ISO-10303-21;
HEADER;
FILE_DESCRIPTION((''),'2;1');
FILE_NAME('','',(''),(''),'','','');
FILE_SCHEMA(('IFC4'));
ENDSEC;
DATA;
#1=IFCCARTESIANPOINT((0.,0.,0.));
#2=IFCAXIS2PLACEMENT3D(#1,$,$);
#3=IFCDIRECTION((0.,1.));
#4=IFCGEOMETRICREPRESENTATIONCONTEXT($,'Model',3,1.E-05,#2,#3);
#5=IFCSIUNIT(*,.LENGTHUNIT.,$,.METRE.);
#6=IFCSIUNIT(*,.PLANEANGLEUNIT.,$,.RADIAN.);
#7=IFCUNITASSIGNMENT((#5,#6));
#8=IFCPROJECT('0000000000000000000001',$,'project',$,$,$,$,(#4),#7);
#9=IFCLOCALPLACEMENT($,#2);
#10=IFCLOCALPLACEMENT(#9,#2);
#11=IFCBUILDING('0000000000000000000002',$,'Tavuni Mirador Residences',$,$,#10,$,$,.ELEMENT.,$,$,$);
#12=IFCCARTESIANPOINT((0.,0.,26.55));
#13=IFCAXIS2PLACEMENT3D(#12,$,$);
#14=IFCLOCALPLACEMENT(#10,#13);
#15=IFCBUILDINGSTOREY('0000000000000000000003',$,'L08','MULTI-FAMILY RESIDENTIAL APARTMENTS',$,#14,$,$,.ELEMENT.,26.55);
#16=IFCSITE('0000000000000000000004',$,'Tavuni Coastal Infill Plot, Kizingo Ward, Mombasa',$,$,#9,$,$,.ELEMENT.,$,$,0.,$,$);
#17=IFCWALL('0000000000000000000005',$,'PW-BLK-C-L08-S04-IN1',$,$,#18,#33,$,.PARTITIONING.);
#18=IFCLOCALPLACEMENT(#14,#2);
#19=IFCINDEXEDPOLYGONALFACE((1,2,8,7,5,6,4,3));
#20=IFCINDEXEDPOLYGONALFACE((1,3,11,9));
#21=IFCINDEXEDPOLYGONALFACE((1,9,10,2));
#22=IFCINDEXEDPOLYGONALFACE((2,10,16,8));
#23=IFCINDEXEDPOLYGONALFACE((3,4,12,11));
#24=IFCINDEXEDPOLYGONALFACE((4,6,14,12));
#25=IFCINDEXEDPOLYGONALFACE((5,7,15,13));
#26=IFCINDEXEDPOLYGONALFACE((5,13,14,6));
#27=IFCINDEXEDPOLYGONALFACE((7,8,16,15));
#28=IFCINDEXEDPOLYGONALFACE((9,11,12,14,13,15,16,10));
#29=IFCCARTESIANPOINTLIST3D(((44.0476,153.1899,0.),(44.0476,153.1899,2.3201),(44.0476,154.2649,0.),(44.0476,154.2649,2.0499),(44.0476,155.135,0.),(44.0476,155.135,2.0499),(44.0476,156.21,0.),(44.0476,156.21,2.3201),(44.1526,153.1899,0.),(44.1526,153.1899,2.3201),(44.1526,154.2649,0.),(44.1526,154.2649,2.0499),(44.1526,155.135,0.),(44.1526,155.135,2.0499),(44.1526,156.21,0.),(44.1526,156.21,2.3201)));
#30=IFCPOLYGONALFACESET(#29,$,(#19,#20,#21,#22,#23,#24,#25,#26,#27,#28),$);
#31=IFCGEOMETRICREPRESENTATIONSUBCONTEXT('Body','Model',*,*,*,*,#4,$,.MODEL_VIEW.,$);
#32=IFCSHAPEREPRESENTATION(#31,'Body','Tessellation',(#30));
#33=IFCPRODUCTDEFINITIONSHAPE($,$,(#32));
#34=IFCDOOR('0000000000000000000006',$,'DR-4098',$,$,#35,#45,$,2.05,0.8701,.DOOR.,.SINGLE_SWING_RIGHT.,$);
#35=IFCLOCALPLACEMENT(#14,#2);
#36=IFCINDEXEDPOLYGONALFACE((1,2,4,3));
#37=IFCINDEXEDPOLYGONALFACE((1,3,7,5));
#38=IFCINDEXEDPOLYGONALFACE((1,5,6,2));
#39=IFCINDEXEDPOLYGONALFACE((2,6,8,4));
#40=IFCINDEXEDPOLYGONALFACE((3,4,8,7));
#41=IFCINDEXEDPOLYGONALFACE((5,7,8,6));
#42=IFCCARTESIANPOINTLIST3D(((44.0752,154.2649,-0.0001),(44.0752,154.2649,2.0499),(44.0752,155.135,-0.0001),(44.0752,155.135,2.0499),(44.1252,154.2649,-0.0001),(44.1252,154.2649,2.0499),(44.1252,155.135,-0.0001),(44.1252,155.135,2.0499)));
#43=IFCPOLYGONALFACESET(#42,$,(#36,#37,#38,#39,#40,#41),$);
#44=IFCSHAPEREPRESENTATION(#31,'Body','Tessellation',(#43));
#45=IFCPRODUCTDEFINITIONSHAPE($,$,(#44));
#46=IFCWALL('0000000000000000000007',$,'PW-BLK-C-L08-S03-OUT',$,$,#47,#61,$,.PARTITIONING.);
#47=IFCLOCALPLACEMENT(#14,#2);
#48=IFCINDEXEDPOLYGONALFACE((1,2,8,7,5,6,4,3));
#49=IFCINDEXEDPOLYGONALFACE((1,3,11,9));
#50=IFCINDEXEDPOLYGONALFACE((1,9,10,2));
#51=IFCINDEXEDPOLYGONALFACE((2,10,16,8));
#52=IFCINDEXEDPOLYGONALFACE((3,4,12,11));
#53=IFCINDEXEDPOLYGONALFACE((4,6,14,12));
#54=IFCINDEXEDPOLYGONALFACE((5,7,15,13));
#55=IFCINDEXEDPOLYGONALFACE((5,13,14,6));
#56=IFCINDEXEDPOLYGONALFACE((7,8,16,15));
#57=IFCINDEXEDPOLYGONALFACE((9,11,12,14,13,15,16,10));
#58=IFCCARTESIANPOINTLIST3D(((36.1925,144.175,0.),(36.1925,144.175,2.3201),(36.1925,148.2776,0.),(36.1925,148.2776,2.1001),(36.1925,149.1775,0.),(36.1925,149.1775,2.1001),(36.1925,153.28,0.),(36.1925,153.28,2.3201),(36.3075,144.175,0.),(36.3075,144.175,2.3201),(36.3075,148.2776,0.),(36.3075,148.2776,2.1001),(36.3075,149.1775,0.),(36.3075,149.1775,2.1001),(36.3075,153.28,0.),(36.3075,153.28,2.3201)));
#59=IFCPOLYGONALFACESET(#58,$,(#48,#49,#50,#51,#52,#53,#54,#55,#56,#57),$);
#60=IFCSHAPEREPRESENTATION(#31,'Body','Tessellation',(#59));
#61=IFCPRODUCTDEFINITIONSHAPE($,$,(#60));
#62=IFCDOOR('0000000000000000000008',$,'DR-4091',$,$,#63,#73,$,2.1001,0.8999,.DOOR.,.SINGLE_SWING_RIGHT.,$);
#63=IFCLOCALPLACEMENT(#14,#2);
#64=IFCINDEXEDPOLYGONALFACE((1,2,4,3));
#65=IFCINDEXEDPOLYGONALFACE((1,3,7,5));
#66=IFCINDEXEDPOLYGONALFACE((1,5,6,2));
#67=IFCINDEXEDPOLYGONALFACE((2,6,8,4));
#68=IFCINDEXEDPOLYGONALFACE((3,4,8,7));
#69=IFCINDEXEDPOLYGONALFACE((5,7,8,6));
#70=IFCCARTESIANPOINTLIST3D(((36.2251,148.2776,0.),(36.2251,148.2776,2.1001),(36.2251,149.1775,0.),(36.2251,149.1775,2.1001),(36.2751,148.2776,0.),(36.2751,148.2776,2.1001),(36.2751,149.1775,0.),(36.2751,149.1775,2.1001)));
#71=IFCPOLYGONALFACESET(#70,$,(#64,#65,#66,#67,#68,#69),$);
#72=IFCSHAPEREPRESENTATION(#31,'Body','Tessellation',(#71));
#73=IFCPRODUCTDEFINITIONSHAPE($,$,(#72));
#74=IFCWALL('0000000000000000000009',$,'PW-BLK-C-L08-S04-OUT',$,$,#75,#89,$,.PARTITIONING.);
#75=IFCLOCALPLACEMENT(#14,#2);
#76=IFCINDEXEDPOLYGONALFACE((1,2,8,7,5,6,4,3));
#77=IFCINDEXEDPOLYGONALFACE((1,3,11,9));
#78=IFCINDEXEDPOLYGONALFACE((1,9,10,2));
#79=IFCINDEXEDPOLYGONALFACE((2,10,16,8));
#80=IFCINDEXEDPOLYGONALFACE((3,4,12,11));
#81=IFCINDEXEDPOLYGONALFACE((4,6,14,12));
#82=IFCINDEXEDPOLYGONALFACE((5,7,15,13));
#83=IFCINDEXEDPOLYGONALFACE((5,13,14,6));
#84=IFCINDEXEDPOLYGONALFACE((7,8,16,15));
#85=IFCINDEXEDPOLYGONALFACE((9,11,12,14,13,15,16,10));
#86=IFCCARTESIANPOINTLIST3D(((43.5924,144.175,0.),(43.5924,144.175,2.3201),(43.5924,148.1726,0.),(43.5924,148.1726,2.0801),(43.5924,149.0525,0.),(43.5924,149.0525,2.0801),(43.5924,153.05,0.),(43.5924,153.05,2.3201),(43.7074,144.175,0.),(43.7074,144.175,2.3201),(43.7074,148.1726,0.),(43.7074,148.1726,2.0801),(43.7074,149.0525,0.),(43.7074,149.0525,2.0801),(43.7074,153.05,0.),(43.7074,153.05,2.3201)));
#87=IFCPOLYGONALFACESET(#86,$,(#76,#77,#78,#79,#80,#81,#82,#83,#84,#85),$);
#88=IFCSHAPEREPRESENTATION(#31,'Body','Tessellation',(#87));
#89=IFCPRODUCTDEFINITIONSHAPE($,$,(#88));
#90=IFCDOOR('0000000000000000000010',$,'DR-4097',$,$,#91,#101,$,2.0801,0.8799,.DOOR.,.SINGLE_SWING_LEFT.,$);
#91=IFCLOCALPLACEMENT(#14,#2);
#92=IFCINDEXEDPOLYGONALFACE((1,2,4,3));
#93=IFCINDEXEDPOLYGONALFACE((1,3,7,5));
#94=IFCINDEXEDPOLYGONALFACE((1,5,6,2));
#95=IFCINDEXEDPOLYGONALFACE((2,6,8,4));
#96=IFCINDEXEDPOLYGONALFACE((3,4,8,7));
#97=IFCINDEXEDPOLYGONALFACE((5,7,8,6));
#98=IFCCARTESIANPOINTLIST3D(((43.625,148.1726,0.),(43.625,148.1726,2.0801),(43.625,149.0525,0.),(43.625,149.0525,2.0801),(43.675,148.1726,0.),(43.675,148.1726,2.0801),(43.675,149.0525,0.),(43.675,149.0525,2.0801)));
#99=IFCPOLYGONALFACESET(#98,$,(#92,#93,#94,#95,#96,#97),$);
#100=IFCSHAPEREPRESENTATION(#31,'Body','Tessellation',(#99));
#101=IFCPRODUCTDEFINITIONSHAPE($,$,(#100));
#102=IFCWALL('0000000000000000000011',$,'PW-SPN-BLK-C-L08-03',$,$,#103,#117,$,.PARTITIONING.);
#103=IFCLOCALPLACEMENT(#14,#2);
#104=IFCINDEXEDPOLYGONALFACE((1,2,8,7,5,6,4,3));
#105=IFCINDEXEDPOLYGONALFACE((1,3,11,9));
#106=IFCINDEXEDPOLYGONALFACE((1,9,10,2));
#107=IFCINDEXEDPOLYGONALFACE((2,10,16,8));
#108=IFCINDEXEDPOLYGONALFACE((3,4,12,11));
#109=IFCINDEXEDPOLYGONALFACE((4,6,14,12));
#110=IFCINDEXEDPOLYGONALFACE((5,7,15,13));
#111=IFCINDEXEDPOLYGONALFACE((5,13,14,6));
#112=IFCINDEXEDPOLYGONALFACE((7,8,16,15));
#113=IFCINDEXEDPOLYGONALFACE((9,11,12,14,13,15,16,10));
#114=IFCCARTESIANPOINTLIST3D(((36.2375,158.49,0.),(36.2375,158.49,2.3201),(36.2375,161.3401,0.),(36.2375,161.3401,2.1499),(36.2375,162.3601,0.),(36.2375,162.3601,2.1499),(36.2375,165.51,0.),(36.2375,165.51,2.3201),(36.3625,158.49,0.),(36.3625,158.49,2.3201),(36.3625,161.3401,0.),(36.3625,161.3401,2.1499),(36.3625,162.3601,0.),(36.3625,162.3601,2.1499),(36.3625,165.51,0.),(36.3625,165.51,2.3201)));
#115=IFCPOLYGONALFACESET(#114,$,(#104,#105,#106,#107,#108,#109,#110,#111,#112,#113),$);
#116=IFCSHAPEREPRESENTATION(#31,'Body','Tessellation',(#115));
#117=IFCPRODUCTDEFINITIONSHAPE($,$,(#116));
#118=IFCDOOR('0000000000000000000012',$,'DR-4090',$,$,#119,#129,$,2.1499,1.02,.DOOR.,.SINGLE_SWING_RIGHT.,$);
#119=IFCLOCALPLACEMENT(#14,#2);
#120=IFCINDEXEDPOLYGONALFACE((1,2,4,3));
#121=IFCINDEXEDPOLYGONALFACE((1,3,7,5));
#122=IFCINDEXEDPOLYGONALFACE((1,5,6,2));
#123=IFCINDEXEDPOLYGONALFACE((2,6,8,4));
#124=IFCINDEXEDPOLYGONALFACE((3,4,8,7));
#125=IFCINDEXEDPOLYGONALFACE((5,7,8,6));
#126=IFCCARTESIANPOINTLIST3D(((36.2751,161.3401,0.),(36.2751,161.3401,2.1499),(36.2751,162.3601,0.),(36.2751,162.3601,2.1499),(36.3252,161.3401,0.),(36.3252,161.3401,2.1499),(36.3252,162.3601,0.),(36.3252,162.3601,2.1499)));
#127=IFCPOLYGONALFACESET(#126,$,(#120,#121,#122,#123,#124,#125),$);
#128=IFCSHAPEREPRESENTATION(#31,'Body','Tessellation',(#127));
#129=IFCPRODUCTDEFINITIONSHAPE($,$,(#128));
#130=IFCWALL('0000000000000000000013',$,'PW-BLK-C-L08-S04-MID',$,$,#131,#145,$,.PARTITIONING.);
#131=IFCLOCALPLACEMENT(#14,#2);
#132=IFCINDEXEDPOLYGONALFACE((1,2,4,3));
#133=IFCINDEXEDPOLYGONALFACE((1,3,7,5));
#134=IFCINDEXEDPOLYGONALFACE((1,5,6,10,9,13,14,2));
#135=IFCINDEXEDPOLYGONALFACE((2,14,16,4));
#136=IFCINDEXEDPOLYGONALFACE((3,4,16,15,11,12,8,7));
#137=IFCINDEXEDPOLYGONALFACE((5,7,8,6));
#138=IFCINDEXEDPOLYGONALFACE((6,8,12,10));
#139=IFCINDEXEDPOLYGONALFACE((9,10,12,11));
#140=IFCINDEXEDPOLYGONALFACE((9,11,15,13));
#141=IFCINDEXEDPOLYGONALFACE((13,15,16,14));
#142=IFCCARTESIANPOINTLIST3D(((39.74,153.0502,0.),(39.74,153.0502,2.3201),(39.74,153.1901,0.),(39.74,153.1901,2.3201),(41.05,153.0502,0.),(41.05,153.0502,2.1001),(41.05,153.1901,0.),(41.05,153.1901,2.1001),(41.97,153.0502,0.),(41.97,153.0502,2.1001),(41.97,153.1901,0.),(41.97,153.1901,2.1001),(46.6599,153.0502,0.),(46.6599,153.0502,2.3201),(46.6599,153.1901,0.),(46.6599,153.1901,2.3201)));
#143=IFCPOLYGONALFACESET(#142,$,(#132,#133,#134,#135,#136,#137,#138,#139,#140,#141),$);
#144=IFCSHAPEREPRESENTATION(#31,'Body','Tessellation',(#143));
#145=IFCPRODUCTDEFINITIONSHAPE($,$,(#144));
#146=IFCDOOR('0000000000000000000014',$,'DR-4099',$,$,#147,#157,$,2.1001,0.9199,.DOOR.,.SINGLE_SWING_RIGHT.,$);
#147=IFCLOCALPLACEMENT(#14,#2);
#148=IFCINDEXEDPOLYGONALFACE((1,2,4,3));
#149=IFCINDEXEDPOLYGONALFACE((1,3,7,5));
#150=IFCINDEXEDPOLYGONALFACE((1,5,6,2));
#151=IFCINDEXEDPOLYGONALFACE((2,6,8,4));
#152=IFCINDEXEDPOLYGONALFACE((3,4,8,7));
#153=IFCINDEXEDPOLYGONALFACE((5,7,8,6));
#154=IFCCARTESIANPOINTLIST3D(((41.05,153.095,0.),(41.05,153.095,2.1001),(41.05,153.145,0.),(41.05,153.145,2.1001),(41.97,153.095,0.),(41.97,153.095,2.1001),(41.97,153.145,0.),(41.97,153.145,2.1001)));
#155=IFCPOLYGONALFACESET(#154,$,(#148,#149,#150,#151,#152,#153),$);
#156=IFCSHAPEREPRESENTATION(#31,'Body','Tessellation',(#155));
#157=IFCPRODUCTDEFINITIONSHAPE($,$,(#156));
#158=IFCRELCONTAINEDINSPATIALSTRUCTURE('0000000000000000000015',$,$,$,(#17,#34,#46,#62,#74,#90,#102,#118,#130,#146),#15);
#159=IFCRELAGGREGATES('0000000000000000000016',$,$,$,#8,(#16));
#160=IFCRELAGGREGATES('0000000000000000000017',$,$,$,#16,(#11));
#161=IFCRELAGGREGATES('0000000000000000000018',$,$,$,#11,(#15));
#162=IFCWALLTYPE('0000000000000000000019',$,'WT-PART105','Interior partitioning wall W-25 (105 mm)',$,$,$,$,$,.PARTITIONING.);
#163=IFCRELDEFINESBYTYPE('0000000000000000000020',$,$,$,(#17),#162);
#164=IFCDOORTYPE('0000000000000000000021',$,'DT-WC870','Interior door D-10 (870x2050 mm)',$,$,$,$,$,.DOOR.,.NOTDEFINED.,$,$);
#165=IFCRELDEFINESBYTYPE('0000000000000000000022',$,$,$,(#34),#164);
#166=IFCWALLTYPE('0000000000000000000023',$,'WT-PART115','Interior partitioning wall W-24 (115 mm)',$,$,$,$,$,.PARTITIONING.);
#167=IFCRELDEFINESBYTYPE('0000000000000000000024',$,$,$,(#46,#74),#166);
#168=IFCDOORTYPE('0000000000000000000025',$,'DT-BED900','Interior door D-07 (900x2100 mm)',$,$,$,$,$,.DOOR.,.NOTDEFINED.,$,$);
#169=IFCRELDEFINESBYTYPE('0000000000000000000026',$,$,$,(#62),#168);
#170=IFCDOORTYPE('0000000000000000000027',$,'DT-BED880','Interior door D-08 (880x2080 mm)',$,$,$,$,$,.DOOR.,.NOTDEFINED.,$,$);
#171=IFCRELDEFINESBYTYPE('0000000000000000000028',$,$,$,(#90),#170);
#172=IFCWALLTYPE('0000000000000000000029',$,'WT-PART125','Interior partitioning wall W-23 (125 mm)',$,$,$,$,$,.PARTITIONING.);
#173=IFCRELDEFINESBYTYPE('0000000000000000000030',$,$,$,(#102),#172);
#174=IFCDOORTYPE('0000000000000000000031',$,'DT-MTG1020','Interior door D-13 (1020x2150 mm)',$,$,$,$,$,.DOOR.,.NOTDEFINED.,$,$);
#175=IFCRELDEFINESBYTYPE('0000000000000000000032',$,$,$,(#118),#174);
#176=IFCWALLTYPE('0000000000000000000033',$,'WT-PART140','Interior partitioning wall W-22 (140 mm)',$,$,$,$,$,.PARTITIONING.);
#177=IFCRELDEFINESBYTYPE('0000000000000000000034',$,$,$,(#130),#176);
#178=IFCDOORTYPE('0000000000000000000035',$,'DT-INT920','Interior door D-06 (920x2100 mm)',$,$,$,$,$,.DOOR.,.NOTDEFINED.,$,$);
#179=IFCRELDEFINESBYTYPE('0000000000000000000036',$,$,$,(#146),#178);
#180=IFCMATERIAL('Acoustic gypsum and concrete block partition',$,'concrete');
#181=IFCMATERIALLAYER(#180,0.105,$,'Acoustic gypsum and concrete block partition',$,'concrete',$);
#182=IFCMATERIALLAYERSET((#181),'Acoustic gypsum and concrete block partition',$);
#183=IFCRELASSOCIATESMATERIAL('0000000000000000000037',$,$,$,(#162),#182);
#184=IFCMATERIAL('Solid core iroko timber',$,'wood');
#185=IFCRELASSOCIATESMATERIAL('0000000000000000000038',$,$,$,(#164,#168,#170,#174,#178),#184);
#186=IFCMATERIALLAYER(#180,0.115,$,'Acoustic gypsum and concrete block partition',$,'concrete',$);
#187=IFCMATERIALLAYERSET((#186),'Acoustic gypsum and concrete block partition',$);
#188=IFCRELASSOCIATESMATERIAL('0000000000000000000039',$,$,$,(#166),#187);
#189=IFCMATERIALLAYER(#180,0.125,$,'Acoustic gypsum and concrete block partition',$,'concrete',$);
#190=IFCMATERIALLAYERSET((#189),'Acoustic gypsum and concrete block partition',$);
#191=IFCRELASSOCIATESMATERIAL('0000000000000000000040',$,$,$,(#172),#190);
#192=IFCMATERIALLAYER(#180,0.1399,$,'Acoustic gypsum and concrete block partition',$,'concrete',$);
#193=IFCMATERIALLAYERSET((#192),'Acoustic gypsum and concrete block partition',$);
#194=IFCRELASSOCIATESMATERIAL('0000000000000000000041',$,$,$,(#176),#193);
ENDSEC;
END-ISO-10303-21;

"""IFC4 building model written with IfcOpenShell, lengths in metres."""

from ifc_helpers import new_model, si_unit, direction, frame, frame_2d, origin, place, context, subcontext, project, spatial, rectangle, extrude, material, layer, layer_set, type_object, element, fill, save


model = new_model("IFC4")

# Units and contexts
model_context = context("Model", 3, precision=1e-05, world=origin(), true_north=direction((0.0, 1.0)))
body_context = subcontext(model_context, "Body", "Model", "MODEL_VIEW")
ifc_project = project(units=[si_unit("LENGTHUNIT", "METRE"), si_unit("PLANEANGLEUNIT", "RADIAN")], contexts=[model_context])

# Site, building, storey
site_placement = place(None, origin())
site = spatial("IfcSite", under=ifc_project, at=site_placement, Name="Tavuni Coastal Infill Plot, Kizingo Ward, Mombasa", CompositionType="ELEMENT", RefElevation=0.0)
building_placement = place(site_placement, origin())
building = spatial("IfcBuilding", under=site, at=building_placement, Name="Tavuni Mirador Residences", CompositionType="ELEMENT")
storey_placement = place(building_placement, frame((0.0, 0.0, 26.55)))
storey = spatial("IfcBuildingStorey", under=building, at=storey_placement, Name="L08", Description="MULTI-FAMILY RESIDENTIAL APARTMENTS", CompositionType="ELEMENT", Elevation=26.55)

# Walls, openings, doors
ifc_material_1 = material(Name="Solid core iroko timber", Category="wood")
ifc_material_2 = material(Name="Acoustic gypsum and concrete block partition", Category="concrete")
ifc_layer_1 = layer(ifc_material_2, 0.105, Name="Acoustic gypsum and concrete block partition", Category="concrete")
ifc_layer_set_1 = layer_set([ifc_layer_1], Name="Acoustic gypsum and concrete block partition")
wall_type_1 = type_object("IfcWallType", Name="WT-PART105", Description="Interior partitioning wall W-25 (105 mm)", PredefinedType="PARTITIONING", material=ifc_layer_set_1)
wall_1_placement = place(storey_placement, frame((44.1001, 153.1899, 0.0), z_axis=(0.0, 0.0, 1.0), x_axis=(0.0, 1.0, 0.0)))
wall_1 = element("IfcWall", 1, at=wall_1_placement, inside=storey, type_object=wall_type_1, Name="PW-BLK-C-L08-S04-IN1", PredefinedType="PARTITIONING", context=body_context, shape_type="SweptSolid", body=[
    extrude(rectangle(XDim=3.02, YDim=0.105, at=frame_2d((1.51, 0.0))), origin(), (0.0, 0.0, 1.0), 2.3201),
])
opening_1_placement = place(wall_1_placement, frame((1.075, 0.0, 0.0)))
opening_1 = element("IfcOpeningElement", 2, at=opening_1_placement, cuts=wall_1, PredefinedType="OPENING", context=body_context, shape_type="SweptSolid", body=[
    extrude(rectangle(XDim=0.8701, YDim=2.05, at=frame_2d((0.4351, 1.0249))), frame((0.0, 0.0625, 0.0), z_axis=(0.0, -1.0, 0.0), x_axis=(1.0, 0.0, 0.0)), (0.0, 0.0, 1.0), 0.125),
])
door_type_1 = type_object("IfcDoorType", Name="DT-WC870", Description="Interior door D-10 (870x2050 mm)", OperationType="NOTDEFINED", PredefinedType="DOOR", material=ifc_material_1)
door_1_placement = place(opening_1_placement, origin())
door_1 = element("IfcDoor", 3, at=door_1_placement, inside=storey, type_object=door_type_1, Name="DR-4098", OperationType="SINGLE_SWING_RIGHT", OverallHeight=2.05, OverallWidth=0.8701, PredefinedType="DOOR", context=body_context, shape_type="SweptSolid", body=[
    extrude(rectangle(XDim=0.8701, YDim=2.05, at=frame_2d((0.4351, 1.0249))), frame((0.0, 0.0249, 0.0), z_axis=(0.0, -1.0, 0.0), x_axis=(1.0, 0.0, 0.0)), (0.0, 0.0, 1.0), 0.05),
])
fill(opening_1, door_1)
ifc_layer_2 = layer(ifc_material_2, 0.115, Name="Acoustic gypsum and concrete block partition", Category="concrete")
ifc_layer_set_2 = layer_set([ifc_layer_2], Name="Acoustic gypsum and concrete block partition")
wall_type_2 = type_object("IfcWallType", Name="WT-PART115", Description="Interior partitioning wall W-24 (115 mm)", PredefinedType="PARTITIONING", material=ifc_layer_set_2)
wall_2_placement = place(storey_placement, frame((36.25, 144.175, 0.0), z_axis=(0.0, 0.0, 1.0), x_axis=(0.0, 1.0, 0.0)))
wall_2 = element("IfcWall", 4, at=wall_2_placement, inside=storey, type_object=wall_type_2, Name="PW-BLK-C-L08-S03-OUT", PredefinedType="PARTITIONING", context=body_context, shape_type="SweptSolid", body=[
    extrude(rectangle(XDim=9.105, YDim=0.115, at=frame_2d((4.5525, 0.0))), origin(), (0.0, 0.0, 1.0), 2.3201),
])
opening_2_placement = place(wall_2_placement, frame((4.1025, 0.0, 0.0)))
opening_2 = element("IfcOpeningElement", 5, at=opening_2_placement, cuts=wall_2, PredefinedType="OPENING", context=body_context, shape_type="SweptSolid", body=[
    extrude(rectangle(XDim=0.8999, YDim=2.1001, at=frame_2d((0.45, 1.05))), frame((0.0, 0.0674, 0.0), z_axis=(0.0, -1.0, 0.0), x_axis=(1.0, 0.0, 0.0)), (0.0, 0.0, 1.0), 0.135),
])
door_type_2 = type_object("IfcDoorType", Name="DT-BED900", Description="Interior door D-07 (900x2100 mm)", OperationType="NOTDEFINED", PredefinedType="DOOR", material=ifc_material_1)
door_2_placement = place(opening_2_placement, origin())
door_2 = element("IfcDoor", 6, at=door_2_placement, inside=storey, type_object=door_type_2, Name="DR-4091", OperationType="SINGLE_SWING_RIGHT", OverallHeight=2.1001, OverallWidth=0.8999, PredefinedType="DOOR", context=body_context, shape_type="SweptSolid", body=[
    extrude(rectangle(XDim=0.8999, YDim=2.1001, at=frame_2d((0.45, 1.05))), frame((0.0, 0.0249, 0.0), z_axis=(0.0, -1.0, 0.0), x_axis=(1.0, 0.0, 0.0)), (0.0, 0.0, 1.0), 0.05),
])
fill(opening_2, door_2)
wall_3_placement = place(storey_placement, frame((43.6499, 144.175, 0.0), z_axis=(0.0, 0.0, 1.0), x_axis=(0.0, 1.0, 0.0)))
wall_3 = element("IfcWall", 7, at=wall_3_placement, inside=storey, type_object=wall_type_2, Name="PW-BLK-C-L08-S04-OUT", PredefinedType="PARTITIONING", context=body_context, shape_type="SweptSolid", body=[
    extrude(rectangle(XDim=8.875, YDim=0.115, at=frame_2d((4.4375, 0.0))), origin(), (0.0, 0.0, 1.0), 2.3201),
])
opening_3_placement = place(wall_3_placement, frame((3.9976, 0.0, 0.0)))
opening_3 = element("IfcOpeningElement", 8, at=opening_3_placement, cuts=wall_3, PredefinedType="OPENING", context=body_context, shape_type="SweptSolid", body=[
    extrude(rectangle(XDim=0.8799, YDim=2.0801, at=frame_2d((0.4399, 1.04))), frame((0.0, 0.0674, 0.0), z_axis=(0.0, -1.0, 0.0), x_axis=(1.0, 0.0, 0.0)), (0.0, 0.0, 1.0), 0.135),
])
door_type_3 = type_object("IfcDoorType", Name="DT-BED880", Description="Interior door D-08 (880x2080 mm)", OperationType="NOTDEFINED", PredefinedType="DOOR", material=ifc_material_1)
door_3_placement = place(opening_3_placement, origin())
door_3 = element("IfcDoor", 9, at=door_3_placement, inside=storey, type_object=door_type_3, Name="DR-4097", OperationType="SINGLE_SWING_LEFT", OverallHeight=2.0801, OverallWidth=0.8799, PredefinedType="DOOR", context=body_context, shape_type="SweptSolid", body=[
    extrude(rectangle(XDim=0.8799, YDim=2.0801, at=frame_2d((0.4399, 1.04))), frame((0.0, 0.0249, 0.0), z_axis=(0.0, -1.0, 0.0), x_axis=(1.0, 0.0, 0.0)), (0.0, 0.0, 1.0), 0.05),
])
fill(opening_3, door_3)
ifc_layer_3 = layer(ifc_material_2, 0.125, Name="Acoustic gypsum and concrete block partition", Category="concrete")
ifc_layer_set_3 = layer_set([ifc_layer_3], Name="Acoustic gypsum and concrete block partition")
wall_type_3 = type_object("IfcWallType", Name="WT-PART125", Description="Interior partitioning wall W-23 (125 mm)", PredefinedType="PARTITIONING", material=ifc_layer_set_3)
wall_4_placement = place(storey_placement, frame((36.3, 158.49, 0.0), z_axis=(0.0, 0.0, 1.0), x_axis=(0.0, 1.0, 0.0)))
wall_4 = element("IfcWall", 10, at=wall_4_placement, inside=storey, type_object=wall_type_3, Name="PW-SPN-BLK-C-L08-03", PredefinedType="PARTITIONING", context=body_context, shape_type="SweptSolid", body=[
    extrude(rectangle(XDim=7.02, YDim=0.125, at=frame_2d((3.51, 0.0))), origin(), (0.0, 0.0, 1.0), 2.3201),
])
opening_4_placement = place(wall_4_placement, frame((2.8501, 0.0, 0.0)))
opening_4 = element("IfcOpeningElement", 11, at=opening_4_placement, cuts=wall_4, PredefinedType="OPENING", context=body_context, shape_type="SweptSolid", body=[
    extrude(rectangle(XDim=1.02, YDim=2.1499, at=frame_2d((0.51, 1.075))), frame((0.0, 0.0725, 0.0), z_axis=(0.0, -1.0, 0.0), x_axis=(1.0, 0.0, 0.0)), (0.0, 0.0, 1.0), 0.145),
])
door_type_4 = type_object("IfcDoorType", Name="DT-MTG1020", Description="Interior door D-13 (1020x2150 mm)", OperationType="NOTDEFINED", PredefinedType="DOOR", material=ifc_material_1)
door_4_placement = place(opening_4_placement, origin())
door_4 = element("IfcDoor", 12, at=door_4_placement, inside=storey, type_object=door_type_4, Name="DR-4090", OperationType="SINGLE_SWING_RIGHT", OverallHeight=2.1499, OverallWidth=1.02, PredefinedType="DOOR", context=body_context, shape_type="SweptSolid", body=[
    extrude(rectangle(XDim=1.02, YDim=2.1499, at=frame_2d((0.51, 1.075))), frame((0.0, 0.0249, 0.0), z_axis=(0.0, -1.0, 0.0), x_axis=(1.0, 0.0, 0.0)), (0.0, 0.0, 1.0), 0.05),
])
fill(opening_4, door_4)
ifc_layer_4 = layer(ifc_material_2, 0.1399, Name="Acoustic gypsum and concrete block partition", Category="concrete")
ifc_layer_set_4 = layer_set([ifc_layer_4], Name="Acoustic gypsum and concrete block partition")
wall_type_4 = type_object("IfcWallType", Name="WT-PART140", Description="Interior partitioning wall W-22 (140 mm)", PredefinedType="PARTITIONING", material=ifc_layer_set_4)
wall_5_placement = place(storey_placement, frame((39.74, 153.1201, 0.0), z_axis=(0.0, 0.0, 1.0), x_axis=(1.0, 0.0, 0.0)))
wall_5 = element("IfcWall", 13, at=wall_5_placement, inside=storey, type_object=wall_type_4, Name="PW-BLK-C-L08-S04-MID", PredefinedType="PARTITIONING", context=body_context, shape_type="SweptSolid", body=[
    extrude(rectangle(XDim=6.9199, YDim=0.1399, at=frame_2d((3.46, 0.0))), origin(), (0.0, 0.0, 1.0), 2.3201),
])
opening_5_placement = place(wall_5_placement, frame((1.3101, 0.0, 0.0)))
opening_5 = element("IfcOpeningElement", 14, at=opening_5_placement, cuts=wall_5, PredefinedType="OPENING", context=body_context, shape_type="SweptSolid", body=[
    extrude(rectangle(XDim=0.9199, YDim=2.1001, at=frame_2d((0.46, 1.05))), frame((0.0, 0.0801, 0.0), z_axis=(0.0, -1.0, 0.0), x_axis=(1.0, 0.0, 0.0)), (0.0, 0.0, 1.0), 0.1599),
])
door_type_5 = type_object("IfcDoorType", Name="DT-INT920", Description="Interior door D-06 (920x2100 mm)", OperationType="NOTDEFINED", PredefinedType="DOOR", material=ifc_material_1)
door_5_placement = place(opening_5_placement, origin())
door_5 = element("IfcDoor", 15, at=door_5_placement, inside=storey, type_object=door_type_5, Name="DR-4099", OperationType="SINGLE_SWING_RIGHT", OverallHeight=2.1001, OverallWidth=0.9199, PredefinedType="DOOR", context=body_context, shape_type="SweptSolid", body=[
    extrude(rectangle(XDim=0.9199, YDim=2.1001, at=frame_2d((0.46, 1.05))), frame((0.0, 0.0249, 0.0), z_axis=(0.0, -1.0, 0.0), x_axis=(1.0, 0.0, 0.0)), (0.0, 0.0, 1.0), 0.05),
])
fill(opening_5, door_5)

save(model, "model.ifc")
